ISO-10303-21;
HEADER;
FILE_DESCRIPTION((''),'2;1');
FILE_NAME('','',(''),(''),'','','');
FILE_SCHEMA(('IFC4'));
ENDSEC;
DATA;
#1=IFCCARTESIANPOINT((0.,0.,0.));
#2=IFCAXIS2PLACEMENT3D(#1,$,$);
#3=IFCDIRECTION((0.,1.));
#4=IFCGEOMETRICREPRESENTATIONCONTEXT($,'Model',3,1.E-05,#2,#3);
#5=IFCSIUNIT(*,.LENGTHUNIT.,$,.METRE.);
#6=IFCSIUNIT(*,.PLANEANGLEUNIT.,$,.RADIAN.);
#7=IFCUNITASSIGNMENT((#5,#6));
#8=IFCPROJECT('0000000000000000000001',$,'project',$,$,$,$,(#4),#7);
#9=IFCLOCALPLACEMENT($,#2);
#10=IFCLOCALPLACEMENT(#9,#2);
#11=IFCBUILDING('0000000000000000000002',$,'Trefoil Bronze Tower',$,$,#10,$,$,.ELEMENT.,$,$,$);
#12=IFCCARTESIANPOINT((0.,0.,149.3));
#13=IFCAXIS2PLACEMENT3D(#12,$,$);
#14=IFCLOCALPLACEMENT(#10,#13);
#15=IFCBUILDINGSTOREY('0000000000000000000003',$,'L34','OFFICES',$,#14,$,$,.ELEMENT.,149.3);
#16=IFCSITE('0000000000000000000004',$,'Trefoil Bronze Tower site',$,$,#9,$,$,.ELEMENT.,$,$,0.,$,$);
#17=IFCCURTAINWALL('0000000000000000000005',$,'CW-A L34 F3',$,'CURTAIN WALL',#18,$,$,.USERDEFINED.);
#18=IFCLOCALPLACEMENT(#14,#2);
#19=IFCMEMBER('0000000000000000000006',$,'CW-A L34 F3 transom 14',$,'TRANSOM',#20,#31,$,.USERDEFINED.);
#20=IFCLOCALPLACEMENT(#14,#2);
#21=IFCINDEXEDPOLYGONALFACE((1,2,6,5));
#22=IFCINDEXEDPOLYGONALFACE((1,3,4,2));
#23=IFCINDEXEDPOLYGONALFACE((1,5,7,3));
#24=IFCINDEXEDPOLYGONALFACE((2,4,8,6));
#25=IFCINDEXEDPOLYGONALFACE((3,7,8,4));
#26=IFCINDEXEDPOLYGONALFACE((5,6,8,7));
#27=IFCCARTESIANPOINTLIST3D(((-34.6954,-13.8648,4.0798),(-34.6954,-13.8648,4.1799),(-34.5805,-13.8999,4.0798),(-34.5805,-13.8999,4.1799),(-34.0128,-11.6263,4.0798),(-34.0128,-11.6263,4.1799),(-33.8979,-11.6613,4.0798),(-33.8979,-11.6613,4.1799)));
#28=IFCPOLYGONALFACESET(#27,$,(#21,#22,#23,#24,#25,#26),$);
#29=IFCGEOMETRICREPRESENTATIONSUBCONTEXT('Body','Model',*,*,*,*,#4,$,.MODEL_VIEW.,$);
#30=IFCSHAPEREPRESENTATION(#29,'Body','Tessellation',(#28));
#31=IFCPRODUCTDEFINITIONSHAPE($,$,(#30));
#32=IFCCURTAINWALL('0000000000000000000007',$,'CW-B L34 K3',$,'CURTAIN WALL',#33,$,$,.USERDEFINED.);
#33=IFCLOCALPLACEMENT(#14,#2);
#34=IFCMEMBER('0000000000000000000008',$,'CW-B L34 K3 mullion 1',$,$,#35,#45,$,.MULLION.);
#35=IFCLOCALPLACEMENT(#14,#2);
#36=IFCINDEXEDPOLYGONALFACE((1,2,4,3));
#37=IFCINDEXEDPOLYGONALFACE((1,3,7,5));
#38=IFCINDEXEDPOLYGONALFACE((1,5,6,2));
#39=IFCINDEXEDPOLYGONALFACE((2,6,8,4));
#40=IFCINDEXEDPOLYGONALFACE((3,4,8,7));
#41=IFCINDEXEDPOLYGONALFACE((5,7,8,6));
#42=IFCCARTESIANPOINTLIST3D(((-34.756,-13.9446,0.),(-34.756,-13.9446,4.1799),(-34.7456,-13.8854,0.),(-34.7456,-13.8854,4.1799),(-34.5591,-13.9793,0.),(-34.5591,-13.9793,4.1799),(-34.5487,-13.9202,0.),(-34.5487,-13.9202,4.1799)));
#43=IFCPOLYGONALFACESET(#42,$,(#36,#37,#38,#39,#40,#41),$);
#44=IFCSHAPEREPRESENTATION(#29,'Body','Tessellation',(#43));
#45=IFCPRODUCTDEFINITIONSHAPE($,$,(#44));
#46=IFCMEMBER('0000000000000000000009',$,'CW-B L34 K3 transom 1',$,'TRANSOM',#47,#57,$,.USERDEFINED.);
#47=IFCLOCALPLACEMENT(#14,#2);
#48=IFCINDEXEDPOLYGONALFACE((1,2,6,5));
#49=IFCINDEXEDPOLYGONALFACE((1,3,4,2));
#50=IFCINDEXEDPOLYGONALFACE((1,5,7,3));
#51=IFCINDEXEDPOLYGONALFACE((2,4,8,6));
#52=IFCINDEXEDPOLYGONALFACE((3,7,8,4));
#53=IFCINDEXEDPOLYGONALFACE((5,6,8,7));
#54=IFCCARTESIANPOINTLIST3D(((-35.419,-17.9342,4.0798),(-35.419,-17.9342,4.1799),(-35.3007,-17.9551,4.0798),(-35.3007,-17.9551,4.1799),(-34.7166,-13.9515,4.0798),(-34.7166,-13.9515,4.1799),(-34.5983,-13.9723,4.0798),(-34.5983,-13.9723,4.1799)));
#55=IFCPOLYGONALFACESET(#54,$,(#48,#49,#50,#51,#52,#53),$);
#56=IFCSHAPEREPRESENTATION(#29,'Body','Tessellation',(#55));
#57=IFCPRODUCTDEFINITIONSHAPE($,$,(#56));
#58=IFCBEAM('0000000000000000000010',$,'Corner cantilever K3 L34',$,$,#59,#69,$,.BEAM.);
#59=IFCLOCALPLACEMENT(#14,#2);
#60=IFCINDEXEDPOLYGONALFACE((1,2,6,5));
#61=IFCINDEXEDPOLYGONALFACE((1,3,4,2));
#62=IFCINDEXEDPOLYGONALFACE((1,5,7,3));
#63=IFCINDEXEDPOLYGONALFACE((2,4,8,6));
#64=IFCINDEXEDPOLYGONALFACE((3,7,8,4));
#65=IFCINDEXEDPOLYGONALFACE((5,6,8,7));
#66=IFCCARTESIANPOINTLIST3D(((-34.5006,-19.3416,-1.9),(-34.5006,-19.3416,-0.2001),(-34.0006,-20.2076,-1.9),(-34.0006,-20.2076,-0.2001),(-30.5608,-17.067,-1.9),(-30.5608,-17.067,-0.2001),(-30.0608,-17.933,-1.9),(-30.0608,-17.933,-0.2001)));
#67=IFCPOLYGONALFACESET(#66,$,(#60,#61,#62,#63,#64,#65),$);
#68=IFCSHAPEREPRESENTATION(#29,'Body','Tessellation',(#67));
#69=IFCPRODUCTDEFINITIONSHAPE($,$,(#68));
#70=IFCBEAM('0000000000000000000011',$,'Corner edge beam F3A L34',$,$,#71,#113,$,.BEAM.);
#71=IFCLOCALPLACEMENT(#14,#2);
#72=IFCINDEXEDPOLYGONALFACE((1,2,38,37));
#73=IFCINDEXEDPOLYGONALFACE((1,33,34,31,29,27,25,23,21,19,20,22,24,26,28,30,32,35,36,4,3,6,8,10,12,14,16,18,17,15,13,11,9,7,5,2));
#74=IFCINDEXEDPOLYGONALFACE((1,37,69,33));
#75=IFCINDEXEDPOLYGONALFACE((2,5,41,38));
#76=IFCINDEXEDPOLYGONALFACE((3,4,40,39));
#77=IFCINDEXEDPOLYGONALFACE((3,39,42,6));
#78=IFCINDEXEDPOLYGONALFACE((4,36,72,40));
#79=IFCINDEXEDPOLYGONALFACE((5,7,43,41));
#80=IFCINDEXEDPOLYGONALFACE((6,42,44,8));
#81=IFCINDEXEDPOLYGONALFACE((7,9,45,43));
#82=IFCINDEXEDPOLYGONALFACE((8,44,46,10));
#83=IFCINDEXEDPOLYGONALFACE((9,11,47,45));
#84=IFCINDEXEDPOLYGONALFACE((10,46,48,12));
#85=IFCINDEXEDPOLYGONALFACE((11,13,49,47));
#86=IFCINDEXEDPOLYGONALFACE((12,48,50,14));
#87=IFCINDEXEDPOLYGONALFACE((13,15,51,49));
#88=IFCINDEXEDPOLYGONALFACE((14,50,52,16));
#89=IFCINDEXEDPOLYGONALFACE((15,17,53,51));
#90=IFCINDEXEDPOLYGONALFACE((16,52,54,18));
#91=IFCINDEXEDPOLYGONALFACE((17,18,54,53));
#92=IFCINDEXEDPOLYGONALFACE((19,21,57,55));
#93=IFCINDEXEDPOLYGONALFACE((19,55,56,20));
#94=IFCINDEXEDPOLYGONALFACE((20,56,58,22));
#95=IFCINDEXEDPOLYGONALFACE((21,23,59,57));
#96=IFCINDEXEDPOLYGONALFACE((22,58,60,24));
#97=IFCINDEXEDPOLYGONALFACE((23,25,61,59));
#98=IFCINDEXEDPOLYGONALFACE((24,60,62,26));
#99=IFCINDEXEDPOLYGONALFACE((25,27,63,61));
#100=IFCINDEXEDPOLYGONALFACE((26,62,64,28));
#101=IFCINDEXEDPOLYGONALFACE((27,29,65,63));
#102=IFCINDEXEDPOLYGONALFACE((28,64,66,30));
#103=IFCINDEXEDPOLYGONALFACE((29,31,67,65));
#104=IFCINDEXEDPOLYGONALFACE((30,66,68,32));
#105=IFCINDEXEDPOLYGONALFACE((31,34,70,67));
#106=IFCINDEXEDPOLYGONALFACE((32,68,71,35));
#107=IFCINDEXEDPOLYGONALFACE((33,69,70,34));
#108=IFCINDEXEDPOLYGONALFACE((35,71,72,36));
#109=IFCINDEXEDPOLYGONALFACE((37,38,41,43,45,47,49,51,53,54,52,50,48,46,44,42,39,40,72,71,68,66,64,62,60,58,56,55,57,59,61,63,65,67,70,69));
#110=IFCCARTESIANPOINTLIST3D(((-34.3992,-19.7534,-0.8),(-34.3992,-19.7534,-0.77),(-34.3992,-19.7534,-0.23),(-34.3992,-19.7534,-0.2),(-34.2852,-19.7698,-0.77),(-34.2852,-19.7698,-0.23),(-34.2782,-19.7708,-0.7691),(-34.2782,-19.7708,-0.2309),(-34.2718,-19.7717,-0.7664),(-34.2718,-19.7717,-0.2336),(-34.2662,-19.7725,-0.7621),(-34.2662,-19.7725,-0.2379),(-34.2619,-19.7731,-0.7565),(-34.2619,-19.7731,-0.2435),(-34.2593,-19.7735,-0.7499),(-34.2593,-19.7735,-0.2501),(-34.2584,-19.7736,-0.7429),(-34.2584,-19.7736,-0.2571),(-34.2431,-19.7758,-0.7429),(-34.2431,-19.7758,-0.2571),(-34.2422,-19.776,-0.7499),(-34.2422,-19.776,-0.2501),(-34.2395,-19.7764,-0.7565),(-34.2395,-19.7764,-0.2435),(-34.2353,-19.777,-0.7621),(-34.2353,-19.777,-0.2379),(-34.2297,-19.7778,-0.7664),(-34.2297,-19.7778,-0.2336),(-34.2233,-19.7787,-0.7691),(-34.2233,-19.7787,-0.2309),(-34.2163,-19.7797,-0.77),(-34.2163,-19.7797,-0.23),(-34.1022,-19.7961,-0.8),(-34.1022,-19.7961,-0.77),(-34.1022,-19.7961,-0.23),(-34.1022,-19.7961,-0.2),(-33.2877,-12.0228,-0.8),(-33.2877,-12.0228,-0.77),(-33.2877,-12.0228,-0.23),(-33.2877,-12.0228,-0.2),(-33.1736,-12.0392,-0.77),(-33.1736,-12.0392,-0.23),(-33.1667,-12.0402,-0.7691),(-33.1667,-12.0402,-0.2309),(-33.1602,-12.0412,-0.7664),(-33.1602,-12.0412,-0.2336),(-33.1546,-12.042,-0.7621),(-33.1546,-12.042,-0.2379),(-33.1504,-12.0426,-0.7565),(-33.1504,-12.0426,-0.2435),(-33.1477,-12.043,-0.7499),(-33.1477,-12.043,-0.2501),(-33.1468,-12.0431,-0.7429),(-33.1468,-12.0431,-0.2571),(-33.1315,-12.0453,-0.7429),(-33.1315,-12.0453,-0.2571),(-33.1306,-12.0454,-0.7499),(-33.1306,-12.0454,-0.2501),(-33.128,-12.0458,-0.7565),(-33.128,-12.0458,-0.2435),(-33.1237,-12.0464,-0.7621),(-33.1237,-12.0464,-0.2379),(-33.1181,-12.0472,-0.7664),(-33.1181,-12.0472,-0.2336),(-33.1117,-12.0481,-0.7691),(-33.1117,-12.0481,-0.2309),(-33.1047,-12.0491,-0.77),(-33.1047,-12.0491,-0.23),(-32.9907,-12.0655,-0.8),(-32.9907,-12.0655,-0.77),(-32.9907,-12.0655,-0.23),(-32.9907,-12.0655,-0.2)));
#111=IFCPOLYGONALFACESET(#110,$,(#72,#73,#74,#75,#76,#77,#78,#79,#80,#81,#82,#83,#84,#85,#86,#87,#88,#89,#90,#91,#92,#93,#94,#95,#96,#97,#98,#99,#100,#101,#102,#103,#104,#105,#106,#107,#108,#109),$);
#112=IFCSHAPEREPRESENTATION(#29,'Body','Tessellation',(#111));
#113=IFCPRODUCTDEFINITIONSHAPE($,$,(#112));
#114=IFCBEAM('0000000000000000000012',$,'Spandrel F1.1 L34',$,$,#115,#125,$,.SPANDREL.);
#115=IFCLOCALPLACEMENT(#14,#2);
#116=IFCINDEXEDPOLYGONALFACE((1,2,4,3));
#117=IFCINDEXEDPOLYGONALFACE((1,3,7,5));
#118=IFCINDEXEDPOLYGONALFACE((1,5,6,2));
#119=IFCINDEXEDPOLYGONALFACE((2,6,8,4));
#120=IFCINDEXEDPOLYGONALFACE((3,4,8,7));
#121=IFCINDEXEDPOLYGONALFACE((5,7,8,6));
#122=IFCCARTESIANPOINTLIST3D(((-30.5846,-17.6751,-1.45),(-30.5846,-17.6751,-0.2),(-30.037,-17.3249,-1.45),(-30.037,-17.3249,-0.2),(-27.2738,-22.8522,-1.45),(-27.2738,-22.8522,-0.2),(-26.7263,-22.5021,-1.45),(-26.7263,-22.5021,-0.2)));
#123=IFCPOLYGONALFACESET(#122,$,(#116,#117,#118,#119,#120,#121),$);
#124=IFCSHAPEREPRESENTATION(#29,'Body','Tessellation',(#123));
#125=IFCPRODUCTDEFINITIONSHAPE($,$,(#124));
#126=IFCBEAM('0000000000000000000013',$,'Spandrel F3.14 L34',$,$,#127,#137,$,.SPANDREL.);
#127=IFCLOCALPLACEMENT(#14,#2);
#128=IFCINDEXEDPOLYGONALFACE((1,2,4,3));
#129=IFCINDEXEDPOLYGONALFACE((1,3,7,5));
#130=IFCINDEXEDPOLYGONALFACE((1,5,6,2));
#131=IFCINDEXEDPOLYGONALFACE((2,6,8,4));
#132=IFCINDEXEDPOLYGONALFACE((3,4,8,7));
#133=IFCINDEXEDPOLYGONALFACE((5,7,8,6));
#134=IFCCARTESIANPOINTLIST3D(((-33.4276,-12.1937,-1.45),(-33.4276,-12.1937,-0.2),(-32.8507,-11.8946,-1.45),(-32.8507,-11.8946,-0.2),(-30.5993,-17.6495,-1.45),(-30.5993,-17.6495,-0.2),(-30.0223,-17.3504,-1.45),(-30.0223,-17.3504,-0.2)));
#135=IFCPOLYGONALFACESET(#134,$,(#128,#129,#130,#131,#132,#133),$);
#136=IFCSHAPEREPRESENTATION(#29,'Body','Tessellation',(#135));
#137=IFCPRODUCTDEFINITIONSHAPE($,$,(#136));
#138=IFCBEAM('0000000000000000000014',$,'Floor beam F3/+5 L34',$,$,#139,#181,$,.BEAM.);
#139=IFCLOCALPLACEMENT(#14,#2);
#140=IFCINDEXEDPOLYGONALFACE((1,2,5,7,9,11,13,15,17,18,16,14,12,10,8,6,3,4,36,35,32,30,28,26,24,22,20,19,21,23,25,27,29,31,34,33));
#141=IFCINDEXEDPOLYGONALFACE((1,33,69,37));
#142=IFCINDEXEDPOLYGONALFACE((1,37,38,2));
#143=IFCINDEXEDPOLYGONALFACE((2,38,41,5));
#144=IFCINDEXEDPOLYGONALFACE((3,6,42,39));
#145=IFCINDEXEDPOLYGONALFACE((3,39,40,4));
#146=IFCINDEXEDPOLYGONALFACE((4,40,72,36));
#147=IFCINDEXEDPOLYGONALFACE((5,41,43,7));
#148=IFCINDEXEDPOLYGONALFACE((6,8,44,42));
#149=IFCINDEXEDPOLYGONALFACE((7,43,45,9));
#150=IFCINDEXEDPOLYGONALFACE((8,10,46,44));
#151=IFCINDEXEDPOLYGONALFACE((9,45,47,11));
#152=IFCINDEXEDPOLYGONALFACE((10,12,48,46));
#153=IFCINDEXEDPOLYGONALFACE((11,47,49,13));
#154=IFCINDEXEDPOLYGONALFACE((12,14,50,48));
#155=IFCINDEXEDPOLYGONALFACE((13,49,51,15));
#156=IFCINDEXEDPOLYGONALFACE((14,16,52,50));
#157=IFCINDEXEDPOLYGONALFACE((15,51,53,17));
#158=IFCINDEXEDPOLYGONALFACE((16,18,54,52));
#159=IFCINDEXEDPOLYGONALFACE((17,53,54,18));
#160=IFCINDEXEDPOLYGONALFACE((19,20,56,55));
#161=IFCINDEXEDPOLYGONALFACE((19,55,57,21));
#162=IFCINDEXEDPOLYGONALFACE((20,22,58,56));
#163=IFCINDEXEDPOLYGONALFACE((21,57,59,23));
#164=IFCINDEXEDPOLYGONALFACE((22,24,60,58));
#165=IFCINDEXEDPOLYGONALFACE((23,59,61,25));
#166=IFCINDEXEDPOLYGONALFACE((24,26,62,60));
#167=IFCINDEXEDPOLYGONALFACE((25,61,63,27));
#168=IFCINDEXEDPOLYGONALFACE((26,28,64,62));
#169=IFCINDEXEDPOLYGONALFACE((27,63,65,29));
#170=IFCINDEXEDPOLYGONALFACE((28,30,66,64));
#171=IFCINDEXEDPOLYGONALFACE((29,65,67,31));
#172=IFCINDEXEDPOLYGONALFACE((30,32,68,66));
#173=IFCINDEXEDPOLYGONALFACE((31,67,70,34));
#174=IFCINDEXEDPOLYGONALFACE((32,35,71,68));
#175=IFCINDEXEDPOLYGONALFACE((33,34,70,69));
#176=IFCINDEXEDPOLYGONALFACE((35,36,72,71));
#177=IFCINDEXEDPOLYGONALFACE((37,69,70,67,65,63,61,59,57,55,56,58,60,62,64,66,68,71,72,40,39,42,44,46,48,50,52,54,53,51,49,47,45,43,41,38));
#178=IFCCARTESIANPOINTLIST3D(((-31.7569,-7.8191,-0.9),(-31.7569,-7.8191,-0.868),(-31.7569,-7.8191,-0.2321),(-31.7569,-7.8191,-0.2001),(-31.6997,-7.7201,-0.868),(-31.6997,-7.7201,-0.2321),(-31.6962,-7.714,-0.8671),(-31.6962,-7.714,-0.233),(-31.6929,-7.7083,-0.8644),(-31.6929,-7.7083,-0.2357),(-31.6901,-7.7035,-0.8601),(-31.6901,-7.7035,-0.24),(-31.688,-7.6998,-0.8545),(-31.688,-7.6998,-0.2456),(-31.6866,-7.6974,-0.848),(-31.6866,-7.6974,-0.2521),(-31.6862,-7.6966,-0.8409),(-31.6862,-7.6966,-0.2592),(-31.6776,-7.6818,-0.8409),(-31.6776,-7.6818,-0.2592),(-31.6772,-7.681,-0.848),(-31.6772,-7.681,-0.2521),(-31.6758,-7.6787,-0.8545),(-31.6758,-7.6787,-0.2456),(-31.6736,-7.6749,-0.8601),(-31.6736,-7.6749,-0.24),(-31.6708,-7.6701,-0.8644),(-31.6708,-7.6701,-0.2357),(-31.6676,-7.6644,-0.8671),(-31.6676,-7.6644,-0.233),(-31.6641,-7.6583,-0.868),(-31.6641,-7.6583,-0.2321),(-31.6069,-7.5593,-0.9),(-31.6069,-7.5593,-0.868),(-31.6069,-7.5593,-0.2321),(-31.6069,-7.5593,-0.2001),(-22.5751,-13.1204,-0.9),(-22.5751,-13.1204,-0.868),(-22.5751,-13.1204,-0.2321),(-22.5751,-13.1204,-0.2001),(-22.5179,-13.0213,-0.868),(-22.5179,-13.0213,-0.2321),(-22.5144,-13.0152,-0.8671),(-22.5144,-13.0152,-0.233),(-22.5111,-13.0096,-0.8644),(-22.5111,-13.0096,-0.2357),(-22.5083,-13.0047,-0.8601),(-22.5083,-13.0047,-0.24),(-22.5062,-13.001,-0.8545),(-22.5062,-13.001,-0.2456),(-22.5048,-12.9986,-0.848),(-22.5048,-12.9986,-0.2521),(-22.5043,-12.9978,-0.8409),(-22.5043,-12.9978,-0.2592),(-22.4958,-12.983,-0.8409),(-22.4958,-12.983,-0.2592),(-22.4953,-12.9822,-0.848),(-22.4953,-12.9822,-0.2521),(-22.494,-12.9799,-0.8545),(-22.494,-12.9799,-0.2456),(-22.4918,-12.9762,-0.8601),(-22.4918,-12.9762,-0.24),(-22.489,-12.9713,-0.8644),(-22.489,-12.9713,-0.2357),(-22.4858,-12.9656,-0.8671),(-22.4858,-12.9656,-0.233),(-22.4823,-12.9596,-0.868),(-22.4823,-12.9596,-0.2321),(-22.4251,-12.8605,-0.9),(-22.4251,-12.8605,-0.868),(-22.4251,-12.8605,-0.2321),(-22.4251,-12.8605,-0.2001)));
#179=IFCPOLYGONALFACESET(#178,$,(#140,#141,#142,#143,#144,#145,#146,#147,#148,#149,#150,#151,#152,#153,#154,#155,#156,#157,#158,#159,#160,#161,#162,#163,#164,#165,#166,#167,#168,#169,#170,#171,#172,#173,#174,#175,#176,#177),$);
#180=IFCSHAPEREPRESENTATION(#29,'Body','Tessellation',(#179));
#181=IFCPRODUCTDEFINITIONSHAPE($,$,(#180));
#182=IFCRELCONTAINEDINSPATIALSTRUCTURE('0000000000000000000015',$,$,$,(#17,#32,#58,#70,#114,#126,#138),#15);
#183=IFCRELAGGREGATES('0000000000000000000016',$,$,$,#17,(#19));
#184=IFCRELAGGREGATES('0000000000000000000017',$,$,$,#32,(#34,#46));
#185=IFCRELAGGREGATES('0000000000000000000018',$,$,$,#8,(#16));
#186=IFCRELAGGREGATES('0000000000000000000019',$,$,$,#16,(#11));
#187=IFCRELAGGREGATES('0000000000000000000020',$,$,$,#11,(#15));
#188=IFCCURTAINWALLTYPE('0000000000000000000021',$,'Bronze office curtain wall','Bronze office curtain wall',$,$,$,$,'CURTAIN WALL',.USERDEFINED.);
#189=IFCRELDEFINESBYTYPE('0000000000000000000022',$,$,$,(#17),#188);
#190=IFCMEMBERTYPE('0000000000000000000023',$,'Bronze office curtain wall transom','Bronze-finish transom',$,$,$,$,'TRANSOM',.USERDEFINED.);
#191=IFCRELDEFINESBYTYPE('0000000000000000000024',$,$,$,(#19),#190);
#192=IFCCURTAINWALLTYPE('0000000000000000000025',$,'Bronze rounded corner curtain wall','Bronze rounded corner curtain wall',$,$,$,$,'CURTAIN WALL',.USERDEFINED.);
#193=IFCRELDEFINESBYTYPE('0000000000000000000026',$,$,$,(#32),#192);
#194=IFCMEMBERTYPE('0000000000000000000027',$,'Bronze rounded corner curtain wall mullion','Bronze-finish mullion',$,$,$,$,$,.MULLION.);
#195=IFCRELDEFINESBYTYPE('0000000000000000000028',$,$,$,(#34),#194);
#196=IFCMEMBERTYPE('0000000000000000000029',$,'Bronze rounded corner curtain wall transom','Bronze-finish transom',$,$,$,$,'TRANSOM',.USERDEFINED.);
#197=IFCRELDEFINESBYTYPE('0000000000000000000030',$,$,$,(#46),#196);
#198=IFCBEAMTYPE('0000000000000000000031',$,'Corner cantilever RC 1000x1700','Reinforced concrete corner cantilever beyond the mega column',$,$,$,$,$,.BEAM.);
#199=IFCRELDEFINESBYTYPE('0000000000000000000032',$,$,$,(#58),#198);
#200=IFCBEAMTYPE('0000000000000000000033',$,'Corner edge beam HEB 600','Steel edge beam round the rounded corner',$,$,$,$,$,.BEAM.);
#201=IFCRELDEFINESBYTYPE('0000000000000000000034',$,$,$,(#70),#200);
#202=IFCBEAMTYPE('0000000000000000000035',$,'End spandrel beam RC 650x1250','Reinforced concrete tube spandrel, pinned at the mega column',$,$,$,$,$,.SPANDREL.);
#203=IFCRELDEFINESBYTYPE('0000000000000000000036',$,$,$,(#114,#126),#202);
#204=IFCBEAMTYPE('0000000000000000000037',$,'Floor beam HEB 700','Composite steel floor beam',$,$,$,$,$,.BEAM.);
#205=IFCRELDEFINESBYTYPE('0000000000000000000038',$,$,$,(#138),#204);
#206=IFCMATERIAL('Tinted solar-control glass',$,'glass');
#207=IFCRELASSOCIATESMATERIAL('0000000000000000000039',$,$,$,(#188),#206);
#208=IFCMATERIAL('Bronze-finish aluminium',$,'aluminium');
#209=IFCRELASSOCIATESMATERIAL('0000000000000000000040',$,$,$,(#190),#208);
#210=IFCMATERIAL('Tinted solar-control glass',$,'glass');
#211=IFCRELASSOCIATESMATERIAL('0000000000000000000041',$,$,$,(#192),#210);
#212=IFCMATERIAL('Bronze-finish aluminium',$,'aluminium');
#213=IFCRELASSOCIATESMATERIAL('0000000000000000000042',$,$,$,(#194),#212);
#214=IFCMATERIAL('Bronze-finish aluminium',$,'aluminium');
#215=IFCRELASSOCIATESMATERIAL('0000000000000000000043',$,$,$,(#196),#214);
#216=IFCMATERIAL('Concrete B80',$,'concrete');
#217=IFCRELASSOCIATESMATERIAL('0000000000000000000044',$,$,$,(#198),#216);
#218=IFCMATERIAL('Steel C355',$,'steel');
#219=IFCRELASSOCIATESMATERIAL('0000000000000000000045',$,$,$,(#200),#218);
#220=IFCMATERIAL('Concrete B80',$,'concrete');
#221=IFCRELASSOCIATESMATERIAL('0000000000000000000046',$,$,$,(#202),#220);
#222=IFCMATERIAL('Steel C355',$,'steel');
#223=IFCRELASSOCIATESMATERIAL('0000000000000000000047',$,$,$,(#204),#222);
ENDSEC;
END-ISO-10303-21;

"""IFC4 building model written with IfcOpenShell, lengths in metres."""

from ifc_helpers import new_model, si_unit, direction, frame, origin, origin_2d, place, context, subcontext, project, spatial, rectangle, i_section, extrude, material, material_profile, profile_set, type_object, element, aggregate, save


model = new_model("IFC4")

# Units and contexts
model_context = context("Model", 3, precision=1e-05, world=origin(), true_north=direction((0.0, 1.0)))
body_context = subcontext(model_context, "Body", "Model", "MODEL_VIEW")
ifc_project = project(units=[si_unit("LENGTHUNIT", "METRE"), si_unit("PLANEANGLEUNIT", "RADIAN")], contexts=[model_context])

# Site, building, storey
site_placement = place(None, origin())
site = spatial("IfcSite", under=ifc_project, at=site_placement, Name="Trefoil Bronze Tower site", CompositionType="ELEMENT", RefElevation=0.0)
building_placement = place(site_placement, origin())
building = spatial("IfcBuilding", under=site, at=building_placement, Name="Trefoil Bronze Tower", CompositionType="ELEMENT")
storey_placement = place(building_placement, frame((0.0, 0.0, 149.3)))
storey = spatial("IfcBuildingStorey", under=building, at=storey_placement, Name="L34", Description="OFFICES", CompositionType="ELEMENT", Elevation=149.3)

# Curtain walls, members
ifc_material_1 = material(Name="Tinted solar-control glass", Category="glass")
curtain_wall_type_1 = type_object("IfcCurtainWallType", Name="Bronze office curtain wall", Description="Bronze office curtain wall", ElementType="CURTAIN WALL", PredefinedType="USERDEFINED", material=ifc_material_1)
curtain_wall_1_placement = place(storey_placement, origin())
curtain_wall_1 = element("IfcCurtainWall", 1, at=curtain_wall_1_placement, inside=storey, type_object=curtain_wall_type_1, Name="CW-A L34 F3", ObjectType="CURTAIN WALL", PredefinedType="USERDEFINED")
ifc_material_2 = material(Name="Bronze-finish aluminium", Category="aluminium")
ifc_material_profile_1 = material_profile(ifc_material_2, rectangle(XDim=0.1201, YDim=0.1001, at=origin_2d()), Name="CW-A transom")
ifc_profile_set_1 = profile_set([ifc_material_profile_1], Name="Bronze-finish aluminium")
member_type_1 = type_object("IfcMemberType", Name="Bronze office curtain wall transom", Description="Bronze-finish transom", ElementType="TRANSOM", PredefinedType="USERDEFINED", material=ifc_profile_set_1)
member_1_placement = place(storey_placement, frame((-33.9553, -11.6438, 4.1299), z_axis=(-0.29168, -0.956516, 0.0), x_axis=(0.956516, -0.29168, 0.0)))
member_1 = element("IfcMember", 2, at=member_1_placement, type_object=member_type_1, Name="CW-A L34 F3 transom 14", ObjectType="TRANSOM", PredefinedType="USERDEFINED", context=body_context, shape_type="SweptSolid", body=[
    extrude(rectangle(XDim=0.1201, YDim=0.1001, at=origin_2d()), origin(), (0.0, 0.0, 1.0), 2.3403),
])
ifc_material_3 = material(Name="Tinted solar-control glass", Category="glass")
curtain_wall_type_2 = type_object("IfcCurtainWallType", Name="Bronze rounded corner curtain wall", Description="Bronze rounded corner curtain wall", ElementType="CURTAIN WALL", PredefinedType="USERDEFINED", material=ifc_material_3)
curtain_wall_2_placement = place(storey_placement, origin())
curtain_wall_2 = element("IfcCurtainWall", 3, at=curtain_wall_2_placement, inside=storey, type_object=curtain_wall_type_2, Name="CW-B L34 K3", ObjectType="CURTAIN WALL", PredefinedType="USERDEFINED")
ifc_material_4 = material(Name="Bronze-finish aluminium", Category="aluminium")
ifc_material_profile_2 = material_profile(ifc_material_4, rectangle(XDim=0.2, YDim=0.0601, at=origin_2d()), Name="CW-B mullion")
ifc_profile_set_2 = profile_set([ifc_material_profile_2], Name="Bronze-finish aluminium")
member_type_2 = type_object("IfcMemberType", Name="Bronze rounded corner curtain wall mullion", Description="Bronze-finish mullion", PredefinedType="MULLION", material=ifc_profile_set_2)
member_2_placement = place(storey_placement, frame((-34.6523, -13.9324, 0.0), z_axis=(0.0, 0.0, 1.0), x_axis=(0.984808, -0.173648, 0.0)))
member_2 = element("IfcMember", 4, at=member_2_placement, type_object=member_type_2, Name="CW-B L34 K3 mullion 1", PredefinedType="MULLION", context=body_context, shape_type="SweptSolid", body=[
    extrude(rectangle(XDim=0.2, YDim=0.0601, at=origin_2d()), origin(), (0.0, 0.0, 1.0), 4.1799),
])
ifc_material_5 = material(Name="Bronze-finish aluminium", Category="aluminium")
ifc_material_profile_3 = material_profile(ifc_material_5, rectangle(XDim=0.1201, YDim=0.1001, at=origin_2d()), Name="CW-B transom")
ifc_profile_set_3 = profile_set([ifc_material_profile_3], Name="Bronze-finish aluminium")
member_type_3 = type_object("IfcMemberType", Name="Bronze rounded corner curtain wall transom", Description="Bronze-finish transom", ElementType="TRANSOM", PredefinedType="USERDEFINED", material=ifc_profile_set_3)
member_3_placement = place(storey_placement, frame((-34.6575, -13.9619, 4.1299), z_axis=(-0.173682, -0.984802, 0.0), x_axis=(0.984802, -0.173682, 0.0)))
member_3 = element("IfcMember", 5, at=member_3_placement, type_object=member_type_3, Name="CW-B L34 K3 transom 1", ObjectType="TRANSOM", PredefinedType="USERDEFINED", context=body_context, shape_type="SweptSolid", body=[
    extrude(rectangle(XDim=0.1201, YDim=0.1001, at=origin_2d()), origin(), (0.0, 0.0, 1.0), 4.0442),
])

# Beams
ifc_material_6 = material(Name="Concrete B80", Category="concrete")
ifc_material_profile_4 = material_profile(ifc_material_6, rectangle(XDim=1.0, YDim=1.7, at=origin_2d()), Name="RC 1000x1700")
ifc_profile_set_4 = profile_set([ifc_material_profile_4], Name="Concrete B80")
beam_type_1 = type_object("IfcBeamType", Name="Corner cantilever RC 1000x1700", Description="Reinforced concrete corner cantilever beyond the mega column", PredefinedType="BEAM", material=ifc_profile_set_4)
beam_1_placement = place(storey_placement, frame((-30.3108, -17.5, -1.05), z_axis=(-0.866032, -0.499989, 0.0), x_axis=(0.499989, -0.866032, 0.0)))
element("IfcBeam", 6, at=beam_1_placement, inside=storey, type_object=beam_type_1, Name="Corner cantilever K3 L34", PredefinedType="BEAM", context=body_context, shape_type="SweptSolid", body=[
    extrude(rectangle(XDim=1.0, YDim=1.7, at=origin_2d()), origin(), (0.0, 0.0, 1.0), 4.5493),
])
ifc_material_7 = material(Name="Steel C355", Category="steel")
ifc_material_profile_5 = material_profile(ifc_material_7, i_section(OverallWidth=0.3, OverallDepth=0.6001, WebThickness=0.0154, FlangeThickness=0.03, FilletRadius=0.0271, at=origin_2d()), Name="HEB 600")
ifc_profile_set_5 = profile_set([ifc_material_profile_5], Name="Steel C355")
beam_type_2 = type_object("IfcBeamType", Name="Corner edge beam HEB 600", Description="Steel edge beam round the rounded corner", PredefinedType="BEAM", material=ifc_profile_set_5)
beam_2_placement = place(storey_placement, frame((-33.1392, -12.0442, -0.5), z_axis=(-0.142327, -0.98982, 0.0), x_axis=(0.98982, -0.142327, 0.0)))
element("IfcBeam", 7, at=beam_2_placement, inside=storey, type_object=beam_type_2, Name="Corner edge beam F3A L34", PredefinedType="BEAM", context=body_context, shape_type="SweptSolid", body=[
    extrude(i_section(OverallWidth=0.3, OverallDepth=0.6001, WebThickness=0.0154, FlangeThickness=0.03, FilletRadius=0.0271, at=origin_2d()), origin(), (0.0, 0.0, 1.0), 7.8101),
])
ifc_material_8 = material(Name="Concrete B80", Category="concrete")
ifc_material_profile_6 = material_profile(ifc_material_8, rectangle(XDim=0.6499, YDim=1.25, at=origin_2d()), Name="RC 650x1250")
ifc_profile_set_6 = profile_set([ifc_material_profile_6], Name="Concrete B80")
beam_type_3 = type_object("IfcBeamType", Name="End spandrel beam RC 650x1250", Description="Reinforced concrete tube spandrel, pinned at the mega column", PredefinedType="SPANDREL", material=ifc_profile_set_6)
for number, where, z_axis, x_axis, name in (
    (8, (-30.3108, -17.5, -0.825), (0.538748, -0.842467, 0.0), (0.842467, 0.538748, 0.0), "Spandrel F1.1 L34"),
    (9, (-33.1392, -12.0442, -0.825), (0.460244, -0.887792, 0.0), (0.887792, 0.460244, 0.0), "Spandrel F3.14 L34"),
):
    element("IfcBeam", number, at=place(storey_placement, frame(where, z_axis=z_axis, x_axis=x_axis)), inside=storey, type_object=beam_type_3, Name=name, PredefinedType="SPANDREL", context=body_context, shape_type="SweptSolid", body=[
        extrude(rectangle(XDim=0.6499, YDim=1.25, at=origin_2d()), origin(), (0.0, 0.0, 1.0), 6.1453),
    ])
ifc_material_9 = material(Name="Steel C355", Category="steel")
ifc_material_profile_7 = material_profile(ifc_material_9, i_section(OverallWidth=0.3, OverallDepth=0.7, WebThickness=0.0171, FlangeThickness=0.032, FilletRadius=0.0271, at=origin_2d()), Name="HEB 700")
ifc_profile_set_7 = profile_set([ifc_material_profile_7], Name="Steel C355")
beam_type_4 = type_object("IfcBeamType", Name="Floor beam HEB 700", Description="Composite steel floor beam", PredefinedType="BEAM", material=ifc_profile_set_7)
beam_3_placement = place(storey_placement, frame((-31.6819, -7.6892, -0.55), z_axis=(0.866021, -0.500007, 0.0), x_axis=(0.500007, 0.866021, 0.0)))
element("IfcBeam", 10, at=beam_3_placement, inside=storey, type_object=beam_type_4, Name="Floor beam F3/+5 L34", PredefinedType="BEAM", context=body_context, shape_type="SweptSolid", body=[
    extrude(i_section(OverallWidth=0.3, OverallDepth=0.7, WebThickness=0.0171, FlangeThickness=0.032, FilletRadius=0.0271, at=origin_2d()), origin(), (0.0, 0.0, 1.0), 10.6023),
])

aggregate(curtain_wall_1, [member_1])
aggregate(curtain_wall_2, [member_2, member_3])

save(model, "model.ifc")
